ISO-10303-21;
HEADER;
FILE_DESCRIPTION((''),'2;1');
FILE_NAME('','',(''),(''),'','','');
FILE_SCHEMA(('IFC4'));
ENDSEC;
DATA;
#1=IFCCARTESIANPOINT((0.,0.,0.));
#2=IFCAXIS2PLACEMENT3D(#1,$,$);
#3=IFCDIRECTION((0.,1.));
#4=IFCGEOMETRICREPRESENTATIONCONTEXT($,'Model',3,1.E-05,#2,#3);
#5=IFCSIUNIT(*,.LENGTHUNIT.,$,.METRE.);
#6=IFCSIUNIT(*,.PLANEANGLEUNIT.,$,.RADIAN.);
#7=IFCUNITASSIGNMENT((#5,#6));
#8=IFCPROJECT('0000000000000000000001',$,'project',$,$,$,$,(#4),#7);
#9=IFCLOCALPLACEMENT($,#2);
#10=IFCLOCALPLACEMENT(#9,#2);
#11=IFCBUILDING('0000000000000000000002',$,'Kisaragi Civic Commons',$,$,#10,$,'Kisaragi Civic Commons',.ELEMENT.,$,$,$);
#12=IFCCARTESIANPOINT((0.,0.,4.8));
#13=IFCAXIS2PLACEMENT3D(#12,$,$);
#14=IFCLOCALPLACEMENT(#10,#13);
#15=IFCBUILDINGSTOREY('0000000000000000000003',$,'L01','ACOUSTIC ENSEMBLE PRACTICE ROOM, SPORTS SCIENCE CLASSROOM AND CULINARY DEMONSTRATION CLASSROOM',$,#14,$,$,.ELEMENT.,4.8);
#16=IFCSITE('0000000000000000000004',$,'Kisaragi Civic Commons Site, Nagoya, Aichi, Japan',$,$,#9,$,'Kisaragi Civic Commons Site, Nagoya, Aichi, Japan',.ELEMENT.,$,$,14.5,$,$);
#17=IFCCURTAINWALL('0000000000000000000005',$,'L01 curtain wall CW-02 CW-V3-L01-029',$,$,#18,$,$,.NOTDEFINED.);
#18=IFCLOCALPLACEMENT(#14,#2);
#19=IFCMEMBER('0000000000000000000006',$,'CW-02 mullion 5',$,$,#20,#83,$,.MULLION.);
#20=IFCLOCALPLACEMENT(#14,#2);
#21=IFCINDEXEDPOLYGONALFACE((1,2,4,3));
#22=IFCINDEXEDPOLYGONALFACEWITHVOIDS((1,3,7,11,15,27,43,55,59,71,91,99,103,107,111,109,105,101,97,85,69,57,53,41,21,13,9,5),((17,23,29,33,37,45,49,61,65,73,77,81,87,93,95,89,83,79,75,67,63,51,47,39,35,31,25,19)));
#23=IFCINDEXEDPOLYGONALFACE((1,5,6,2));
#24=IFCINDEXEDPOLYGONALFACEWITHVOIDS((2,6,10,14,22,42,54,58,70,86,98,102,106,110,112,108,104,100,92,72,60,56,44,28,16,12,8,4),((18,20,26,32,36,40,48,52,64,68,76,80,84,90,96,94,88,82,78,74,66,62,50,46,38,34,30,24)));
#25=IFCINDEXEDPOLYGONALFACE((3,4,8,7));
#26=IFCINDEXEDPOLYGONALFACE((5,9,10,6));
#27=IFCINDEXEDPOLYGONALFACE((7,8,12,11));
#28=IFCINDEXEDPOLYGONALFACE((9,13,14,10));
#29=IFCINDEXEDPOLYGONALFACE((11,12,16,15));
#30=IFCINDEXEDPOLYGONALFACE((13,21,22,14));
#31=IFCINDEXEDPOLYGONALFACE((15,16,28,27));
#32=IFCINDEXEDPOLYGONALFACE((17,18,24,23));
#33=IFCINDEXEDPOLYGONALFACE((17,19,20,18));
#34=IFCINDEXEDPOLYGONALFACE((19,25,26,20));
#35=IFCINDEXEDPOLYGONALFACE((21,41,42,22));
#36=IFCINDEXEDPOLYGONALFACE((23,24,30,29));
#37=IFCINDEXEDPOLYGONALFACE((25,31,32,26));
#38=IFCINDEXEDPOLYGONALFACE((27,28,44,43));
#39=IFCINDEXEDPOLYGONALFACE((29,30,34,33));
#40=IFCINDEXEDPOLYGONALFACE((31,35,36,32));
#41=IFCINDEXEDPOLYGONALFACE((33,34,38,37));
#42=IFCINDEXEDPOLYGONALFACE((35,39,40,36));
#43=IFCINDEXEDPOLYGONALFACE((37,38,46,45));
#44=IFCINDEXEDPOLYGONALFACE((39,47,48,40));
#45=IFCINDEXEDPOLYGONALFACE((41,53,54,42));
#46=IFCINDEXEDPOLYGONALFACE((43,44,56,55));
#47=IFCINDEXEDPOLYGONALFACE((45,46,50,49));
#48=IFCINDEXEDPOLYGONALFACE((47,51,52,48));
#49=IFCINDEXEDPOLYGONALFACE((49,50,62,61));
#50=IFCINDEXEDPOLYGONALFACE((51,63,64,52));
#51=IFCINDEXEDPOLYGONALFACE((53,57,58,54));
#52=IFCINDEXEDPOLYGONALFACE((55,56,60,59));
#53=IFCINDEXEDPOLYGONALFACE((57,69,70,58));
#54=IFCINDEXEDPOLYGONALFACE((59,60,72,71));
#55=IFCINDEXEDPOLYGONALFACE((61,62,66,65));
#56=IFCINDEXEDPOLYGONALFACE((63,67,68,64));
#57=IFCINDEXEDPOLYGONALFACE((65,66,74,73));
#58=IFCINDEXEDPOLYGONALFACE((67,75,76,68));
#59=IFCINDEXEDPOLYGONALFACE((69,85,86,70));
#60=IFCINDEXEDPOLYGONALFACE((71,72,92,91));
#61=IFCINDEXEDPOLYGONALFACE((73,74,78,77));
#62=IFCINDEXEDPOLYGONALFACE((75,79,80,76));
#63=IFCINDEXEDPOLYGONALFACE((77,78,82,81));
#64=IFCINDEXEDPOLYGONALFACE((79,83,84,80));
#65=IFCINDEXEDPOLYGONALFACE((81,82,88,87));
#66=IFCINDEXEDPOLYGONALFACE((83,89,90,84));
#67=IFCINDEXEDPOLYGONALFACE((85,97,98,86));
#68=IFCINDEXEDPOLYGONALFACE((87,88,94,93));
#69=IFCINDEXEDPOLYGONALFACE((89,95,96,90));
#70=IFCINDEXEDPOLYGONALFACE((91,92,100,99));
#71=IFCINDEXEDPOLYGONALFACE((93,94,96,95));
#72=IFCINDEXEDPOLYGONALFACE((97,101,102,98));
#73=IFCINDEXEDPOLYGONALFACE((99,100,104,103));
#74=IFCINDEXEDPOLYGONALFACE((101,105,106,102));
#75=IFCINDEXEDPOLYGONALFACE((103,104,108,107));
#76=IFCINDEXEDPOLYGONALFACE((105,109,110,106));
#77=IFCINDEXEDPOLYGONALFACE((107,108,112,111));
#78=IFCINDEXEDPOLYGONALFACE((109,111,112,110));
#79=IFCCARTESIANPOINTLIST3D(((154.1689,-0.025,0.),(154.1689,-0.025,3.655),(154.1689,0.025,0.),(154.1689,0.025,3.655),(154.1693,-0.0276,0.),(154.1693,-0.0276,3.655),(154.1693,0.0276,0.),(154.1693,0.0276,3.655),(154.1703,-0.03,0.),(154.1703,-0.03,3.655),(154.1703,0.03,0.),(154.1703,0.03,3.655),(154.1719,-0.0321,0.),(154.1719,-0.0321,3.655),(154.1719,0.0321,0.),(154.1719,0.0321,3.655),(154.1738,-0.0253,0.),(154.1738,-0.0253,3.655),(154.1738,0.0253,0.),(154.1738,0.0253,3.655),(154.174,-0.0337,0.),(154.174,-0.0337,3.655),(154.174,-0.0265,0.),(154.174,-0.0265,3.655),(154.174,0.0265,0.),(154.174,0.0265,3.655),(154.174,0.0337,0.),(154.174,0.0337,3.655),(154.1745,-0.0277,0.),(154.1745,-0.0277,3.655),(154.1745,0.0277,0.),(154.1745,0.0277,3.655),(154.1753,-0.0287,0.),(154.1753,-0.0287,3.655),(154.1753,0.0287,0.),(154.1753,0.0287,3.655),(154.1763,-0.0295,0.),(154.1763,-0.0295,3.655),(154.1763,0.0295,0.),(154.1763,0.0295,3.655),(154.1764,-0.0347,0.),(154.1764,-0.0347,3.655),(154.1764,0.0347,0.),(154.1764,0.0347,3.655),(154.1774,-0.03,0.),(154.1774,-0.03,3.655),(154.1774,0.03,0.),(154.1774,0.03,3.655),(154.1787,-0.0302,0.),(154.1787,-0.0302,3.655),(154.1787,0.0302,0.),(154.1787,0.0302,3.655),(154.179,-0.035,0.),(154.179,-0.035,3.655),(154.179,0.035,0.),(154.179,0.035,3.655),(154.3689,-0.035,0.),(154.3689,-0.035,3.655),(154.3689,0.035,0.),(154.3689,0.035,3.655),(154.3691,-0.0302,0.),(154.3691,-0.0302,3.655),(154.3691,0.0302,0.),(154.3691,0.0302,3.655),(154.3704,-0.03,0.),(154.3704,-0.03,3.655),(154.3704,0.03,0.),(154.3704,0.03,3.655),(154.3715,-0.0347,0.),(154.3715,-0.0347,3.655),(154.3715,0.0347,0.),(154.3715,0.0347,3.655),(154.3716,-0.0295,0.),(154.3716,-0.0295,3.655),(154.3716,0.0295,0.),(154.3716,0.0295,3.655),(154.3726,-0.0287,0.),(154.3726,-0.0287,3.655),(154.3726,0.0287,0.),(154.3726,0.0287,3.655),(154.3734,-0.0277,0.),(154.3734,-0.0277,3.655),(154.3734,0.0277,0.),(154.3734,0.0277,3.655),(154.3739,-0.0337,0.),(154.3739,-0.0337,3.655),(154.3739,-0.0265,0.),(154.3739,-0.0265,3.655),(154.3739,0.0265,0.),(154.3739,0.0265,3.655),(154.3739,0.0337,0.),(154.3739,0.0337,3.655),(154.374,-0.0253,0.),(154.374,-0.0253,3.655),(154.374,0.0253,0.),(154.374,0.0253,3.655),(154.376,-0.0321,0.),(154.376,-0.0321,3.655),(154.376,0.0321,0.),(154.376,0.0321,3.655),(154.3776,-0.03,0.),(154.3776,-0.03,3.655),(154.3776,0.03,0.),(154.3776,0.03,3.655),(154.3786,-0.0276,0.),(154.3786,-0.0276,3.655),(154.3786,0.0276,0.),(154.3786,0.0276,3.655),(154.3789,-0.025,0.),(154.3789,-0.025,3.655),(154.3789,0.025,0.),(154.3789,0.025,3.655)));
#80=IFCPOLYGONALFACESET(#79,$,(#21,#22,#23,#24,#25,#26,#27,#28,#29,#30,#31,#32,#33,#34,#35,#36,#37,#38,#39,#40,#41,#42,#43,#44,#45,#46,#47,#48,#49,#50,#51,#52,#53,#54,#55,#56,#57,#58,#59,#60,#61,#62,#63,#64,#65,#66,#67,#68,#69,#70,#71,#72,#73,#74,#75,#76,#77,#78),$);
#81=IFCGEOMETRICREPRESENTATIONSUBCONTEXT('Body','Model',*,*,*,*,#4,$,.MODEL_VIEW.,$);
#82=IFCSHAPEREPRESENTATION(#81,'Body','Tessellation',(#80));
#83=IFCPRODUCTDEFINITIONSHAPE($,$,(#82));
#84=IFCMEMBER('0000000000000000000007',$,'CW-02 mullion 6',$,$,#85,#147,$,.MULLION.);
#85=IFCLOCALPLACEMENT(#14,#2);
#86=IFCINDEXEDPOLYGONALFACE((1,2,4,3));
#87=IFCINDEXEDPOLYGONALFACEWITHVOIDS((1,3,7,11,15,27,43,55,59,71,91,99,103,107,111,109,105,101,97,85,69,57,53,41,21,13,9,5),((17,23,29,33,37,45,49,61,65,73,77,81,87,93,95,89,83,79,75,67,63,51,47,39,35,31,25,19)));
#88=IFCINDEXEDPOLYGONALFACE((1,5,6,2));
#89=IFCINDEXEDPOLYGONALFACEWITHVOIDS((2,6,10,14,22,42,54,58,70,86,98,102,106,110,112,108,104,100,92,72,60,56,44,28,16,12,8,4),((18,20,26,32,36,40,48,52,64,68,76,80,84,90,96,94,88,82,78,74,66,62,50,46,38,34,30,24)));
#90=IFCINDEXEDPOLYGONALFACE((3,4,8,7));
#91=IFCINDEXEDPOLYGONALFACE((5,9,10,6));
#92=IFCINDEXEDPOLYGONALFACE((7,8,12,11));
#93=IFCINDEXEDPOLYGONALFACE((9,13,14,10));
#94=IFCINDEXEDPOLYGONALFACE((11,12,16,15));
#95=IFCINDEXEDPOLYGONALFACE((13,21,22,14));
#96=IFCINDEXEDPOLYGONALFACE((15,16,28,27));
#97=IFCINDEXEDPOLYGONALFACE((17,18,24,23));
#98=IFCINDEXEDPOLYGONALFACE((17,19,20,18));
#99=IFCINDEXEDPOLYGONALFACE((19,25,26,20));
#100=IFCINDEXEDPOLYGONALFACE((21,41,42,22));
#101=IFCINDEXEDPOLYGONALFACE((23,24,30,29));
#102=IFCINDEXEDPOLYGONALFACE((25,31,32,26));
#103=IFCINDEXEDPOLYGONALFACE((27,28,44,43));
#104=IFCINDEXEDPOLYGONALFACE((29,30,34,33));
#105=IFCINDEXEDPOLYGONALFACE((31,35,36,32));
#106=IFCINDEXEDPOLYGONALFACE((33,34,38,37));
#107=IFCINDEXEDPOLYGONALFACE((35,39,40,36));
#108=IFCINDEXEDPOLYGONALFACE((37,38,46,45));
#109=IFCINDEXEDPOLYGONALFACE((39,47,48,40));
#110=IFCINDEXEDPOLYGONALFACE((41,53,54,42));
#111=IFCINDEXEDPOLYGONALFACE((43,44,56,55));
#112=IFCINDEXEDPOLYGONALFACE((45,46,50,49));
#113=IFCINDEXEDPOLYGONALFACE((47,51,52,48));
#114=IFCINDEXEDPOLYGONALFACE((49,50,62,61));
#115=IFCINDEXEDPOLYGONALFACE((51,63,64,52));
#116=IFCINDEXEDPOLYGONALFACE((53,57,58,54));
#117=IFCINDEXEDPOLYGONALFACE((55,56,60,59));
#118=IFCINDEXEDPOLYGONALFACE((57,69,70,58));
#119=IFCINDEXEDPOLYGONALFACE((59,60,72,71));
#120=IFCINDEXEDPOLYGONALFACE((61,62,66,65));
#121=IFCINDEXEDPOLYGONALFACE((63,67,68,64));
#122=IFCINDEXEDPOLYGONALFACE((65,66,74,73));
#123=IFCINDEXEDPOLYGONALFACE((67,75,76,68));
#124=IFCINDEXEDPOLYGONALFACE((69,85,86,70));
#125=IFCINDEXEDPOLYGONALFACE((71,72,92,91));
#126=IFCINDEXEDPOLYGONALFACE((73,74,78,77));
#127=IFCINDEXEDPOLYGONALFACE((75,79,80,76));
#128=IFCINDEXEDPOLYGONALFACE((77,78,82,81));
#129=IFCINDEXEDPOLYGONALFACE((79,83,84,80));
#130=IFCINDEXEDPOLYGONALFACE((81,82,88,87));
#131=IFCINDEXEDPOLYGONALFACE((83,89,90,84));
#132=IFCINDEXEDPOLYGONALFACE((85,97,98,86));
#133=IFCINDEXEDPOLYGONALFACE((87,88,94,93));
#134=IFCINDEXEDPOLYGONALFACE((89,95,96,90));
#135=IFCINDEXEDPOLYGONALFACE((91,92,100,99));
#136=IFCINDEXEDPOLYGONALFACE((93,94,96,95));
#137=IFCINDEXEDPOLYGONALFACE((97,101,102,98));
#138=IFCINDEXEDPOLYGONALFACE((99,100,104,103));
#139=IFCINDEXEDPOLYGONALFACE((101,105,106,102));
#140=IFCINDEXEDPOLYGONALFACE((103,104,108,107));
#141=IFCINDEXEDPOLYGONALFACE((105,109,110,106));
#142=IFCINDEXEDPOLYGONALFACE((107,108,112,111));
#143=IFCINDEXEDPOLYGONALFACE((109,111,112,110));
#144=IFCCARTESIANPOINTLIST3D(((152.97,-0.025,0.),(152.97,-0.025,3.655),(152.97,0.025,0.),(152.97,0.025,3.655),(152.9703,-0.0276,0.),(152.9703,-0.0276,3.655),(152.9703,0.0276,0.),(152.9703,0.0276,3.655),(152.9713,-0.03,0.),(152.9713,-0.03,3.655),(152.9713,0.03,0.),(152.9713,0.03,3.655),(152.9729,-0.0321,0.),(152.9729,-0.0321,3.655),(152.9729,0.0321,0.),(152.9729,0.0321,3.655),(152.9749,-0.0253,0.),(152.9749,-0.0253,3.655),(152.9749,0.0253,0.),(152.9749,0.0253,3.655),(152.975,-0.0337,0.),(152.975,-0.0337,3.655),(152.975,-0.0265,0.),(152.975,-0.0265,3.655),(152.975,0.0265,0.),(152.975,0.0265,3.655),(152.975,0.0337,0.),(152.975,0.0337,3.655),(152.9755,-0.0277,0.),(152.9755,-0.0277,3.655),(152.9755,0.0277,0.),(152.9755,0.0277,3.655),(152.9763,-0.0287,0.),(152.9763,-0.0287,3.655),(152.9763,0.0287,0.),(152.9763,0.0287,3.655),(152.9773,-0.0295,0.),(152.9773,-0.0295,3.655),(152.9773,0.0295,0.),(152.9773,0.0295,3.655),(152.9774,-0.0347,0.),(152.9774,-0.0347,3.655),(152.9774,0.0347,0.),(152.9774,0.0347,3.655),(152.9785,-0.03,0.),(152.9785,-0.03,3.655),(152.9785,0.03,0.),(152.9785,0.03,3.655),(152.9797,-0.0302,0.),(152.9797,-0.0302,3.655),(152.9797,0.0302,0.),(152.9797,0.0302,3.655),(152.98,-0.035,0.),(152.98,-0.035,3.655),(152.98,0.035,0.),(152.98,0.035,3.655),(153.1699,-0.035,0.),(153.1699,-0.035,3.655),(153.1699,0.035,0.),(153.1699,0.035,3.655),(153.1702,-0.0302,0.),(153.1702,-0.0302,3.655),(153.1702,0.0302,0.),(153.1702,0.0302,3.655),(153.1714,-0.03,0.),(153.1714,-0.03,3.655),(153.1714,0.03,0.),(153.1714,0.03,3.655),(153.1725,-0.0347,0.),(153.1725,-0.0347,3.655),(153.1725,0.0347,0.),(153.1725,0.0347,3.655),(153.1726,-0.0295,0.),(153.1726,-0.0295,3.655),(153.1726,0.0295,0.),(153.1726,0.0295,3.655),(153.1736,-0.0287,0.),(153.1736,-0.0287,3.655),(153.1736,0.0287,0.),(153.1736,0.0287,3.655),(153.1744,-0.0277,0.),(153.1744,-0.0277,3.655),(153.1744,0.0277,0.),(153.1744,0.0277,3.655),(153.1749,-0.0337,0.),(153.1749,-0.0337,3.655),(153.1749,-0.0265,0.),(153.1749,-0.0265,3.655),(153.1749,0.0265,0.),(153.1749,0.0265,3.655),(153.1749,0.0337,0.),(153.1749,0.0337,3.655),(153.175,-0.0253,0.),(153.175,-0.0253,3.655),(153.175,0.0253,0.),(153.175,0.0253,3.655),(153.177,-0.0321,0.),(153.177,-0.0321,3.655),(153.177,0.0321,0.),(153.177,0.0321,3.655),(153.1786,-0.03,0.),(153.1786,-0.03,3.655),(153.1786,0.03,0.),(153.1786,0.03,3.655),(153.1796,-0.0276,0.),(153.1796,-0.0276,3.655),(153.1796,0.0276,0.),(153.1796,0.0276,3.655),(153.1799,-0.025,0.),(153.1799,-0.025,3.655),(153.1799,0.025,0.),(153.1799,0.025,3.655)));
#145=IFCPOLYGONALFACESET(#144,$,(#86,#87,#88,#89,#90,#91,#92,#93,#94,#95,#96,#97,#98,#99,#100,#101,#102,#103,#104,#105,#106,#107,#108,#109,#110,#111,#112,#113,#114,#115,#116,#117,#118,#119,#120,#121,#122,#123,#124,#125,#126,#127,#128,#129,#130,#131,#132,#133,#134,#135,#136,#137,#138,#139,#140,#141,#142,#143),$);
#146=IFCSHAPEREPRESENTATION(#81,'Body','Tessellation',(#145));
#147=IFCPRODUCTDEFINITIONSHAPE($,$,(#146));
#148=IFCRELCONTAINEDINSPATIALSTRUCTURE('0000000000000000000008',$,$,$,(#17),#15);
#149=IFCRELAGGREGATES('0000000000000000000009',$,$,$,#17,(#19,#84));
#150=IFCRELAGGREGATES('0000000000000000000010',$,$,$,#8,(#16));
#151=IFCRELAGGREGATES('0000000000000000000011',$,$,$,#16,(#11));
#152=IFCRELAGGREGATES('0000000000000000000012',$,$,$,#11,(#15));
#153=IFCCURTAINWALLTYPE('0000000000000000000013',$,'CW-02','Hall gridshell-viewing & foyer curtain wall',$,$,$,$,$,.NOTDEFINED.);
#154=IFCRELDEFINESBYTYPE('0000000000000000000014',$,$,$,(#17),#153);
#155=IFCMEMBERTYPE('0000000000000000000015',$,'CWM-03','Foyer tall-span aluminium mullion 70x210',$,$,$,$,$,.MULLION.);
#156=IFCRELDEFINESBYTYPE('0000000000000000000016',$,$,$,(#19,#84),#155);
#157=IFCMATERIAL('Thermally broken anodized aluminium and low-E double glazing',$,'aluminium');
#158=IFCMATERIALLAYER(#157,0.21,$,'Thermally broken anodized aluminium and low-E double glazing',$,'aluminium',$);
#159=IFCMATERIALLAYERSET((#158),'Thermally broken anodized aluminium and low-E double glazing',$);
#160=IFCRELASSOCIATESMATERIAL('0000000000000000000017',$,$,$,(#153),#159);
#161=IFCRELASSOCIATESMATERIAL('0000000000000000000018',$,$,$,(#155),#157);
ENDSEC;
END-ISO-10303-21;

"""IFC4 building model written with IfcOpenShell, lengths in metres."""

from ifc_helpers import new_model, si_unit, direction, frame, origin, origin_2d, place, context, subcontext, project, spatial, hollow_rectangle, extrude, material, layer, layer_set, material_profile, profile_set, type_object, element, aggregate, save


model = new_model("IFC4")

# Units and contexts
model_context = context("Model", 3, precision=1e-05, world=origin(), true_north=direction((0.0, 1.0)))
body_context = subcontext(model_context, "Body", "Model", "MODEL_VIEW")
ifc_project = project(units=[si_unit("LENGTHUNIT", "METRE"), si_unit("PLANEANGLEUNIT", "RADIAN")], contexts=[model_context])

# Site, building, storey
site_placement = place(None, origin())
site = spatial("IfcSite", under=ifc_project, at=site_placement, Name="Kisaragi Civic Commons Site, Nagoya, Aichi, Japan", LongName="Kisaragi Civic Commons Site, Nagoya, Aichi, Japan", CompositionType="ELEMENT", RefElevation=14.5)
building_placement = place(site_placement, origin())
building = spatial("IfcBuilding", under=site, at=building_placement, Name="Kisaragi Civic Commons", LongName="Kisaragi Civic Commons", CompositionType="ELEMENT")
storey_placement = place(building_placement, frame((0.0, 0.0, 4.8)))
storey = spatial("IfcBuildingStorey", under=building, at=storey_placement, Name="L01", Description="ACOUSTIC ENSEMBLE PRACTICE ROOM, SPORTS SCIENCE CLASSROOM AND CULINARY DEMONSTRATION CLASSROOM", CompositionType="ELEMENT", Elevation=4.8)

# Curtain wall, members
ifc_material_1 = material(Name="Thermally broken anodized aluminium and low-E double glazing", Category="aluminium")
ifc_layer_1 = layer(ifc_material_1, 0.21, Name="Thermally broken anodized aluminium and low-E double glazing", Category="aluminium")
ifc_layer_set_1 = layer_set([ifc_layer_1], Name="Thermally broken anodized aluminium and low-E double glazing")
curtain_wall_type = type_object("IfcCurtainWallType", Name="CW-02", Description="Hall gridshell-viewing & foyer curtain wall", PredefinedType="NOTDEFINED", material=ifc_layer_set_1)
curtain_wall_1_placement = place(storey_placement, origin())
curtain_wall_1 = element("IfcCurtainWall", 1, at=curtain_wall_1_placement, inside=storey, type_object=curtain_wall_type, Name="L01 curtain wall CW-02 CW-V3-L01-029", PredefinedType="NOTDEFINED")
ifc_material_profile_1 = material_profile(ifc_material_1, hollow_rectangle(XDim=0.0701, YDim=0.21, WallThickness=0.0049, InnerFilletRadius=0.0049, OuterFilletRadius=0.01, at=origin_2d()), Name="CWM-70x210x5", Category="aluminium")
ifc_profile_set_1 = profile_set([ifc_material_profile_1], Name="Thermally broken anodized aluminium and low-E double glazing")
member_type_1 = type_object("IfcMemberType", Name="CWM-03", Description="Foyer tall-span aluminium mullion 70x210", PredefinedType="MULLION", material=ifc_profile_set_1)
member_1_placement = place(storey_placement, frame((154.2739, 0.0, 0.0), z_axis=(0.0, 0.0, 1.0), x_axis=(0.0, -1.0, 0.0)))
member_1 = element("IfcMember", 2, at=member_1_placement, type_object=member_type_1, Name="CW-02 mullion 5", PredefinedType="MULLION", context=body_context, shape_type="SweptSolid", body=[
    extrude(hollow_rectangle(XDim=0.0701, YDim=0.21, WallThickness=0.0049, InnerFilletRadius=0.0049, OuterFilletRadius=0.01, at=origin_2d()), origin(), (0.0, 0.0, 1.0), 3.655),
])
member_2_placement = place(storey_placement, frame((153.075, 0.0, 0.0), z_axis=(0.0, 0.0, 1.0), x_axis=(0.0, -1.0, 0.0)))
member_2 = element("IfcMember", 3, at=member_2_placement, type_object=member_type_1, Name="CW-02 mullion 6", PredefinedType="MULLION", context=body_context, shape_type="SweptSolid", body=[
    extrude(hollow_rectangle(XDim=0.0701, YDim=0.21, WallThickness=0.0049, InnerFilletRadius=0.0049, OuterFilletRadius=0.01, at=origin_2d()), origin(), (0.0, 0.0, 1.0), 3.655),
])

aggregate(curtain_wall_1, [member_1, member_2])

save(model, "model.ifc")
